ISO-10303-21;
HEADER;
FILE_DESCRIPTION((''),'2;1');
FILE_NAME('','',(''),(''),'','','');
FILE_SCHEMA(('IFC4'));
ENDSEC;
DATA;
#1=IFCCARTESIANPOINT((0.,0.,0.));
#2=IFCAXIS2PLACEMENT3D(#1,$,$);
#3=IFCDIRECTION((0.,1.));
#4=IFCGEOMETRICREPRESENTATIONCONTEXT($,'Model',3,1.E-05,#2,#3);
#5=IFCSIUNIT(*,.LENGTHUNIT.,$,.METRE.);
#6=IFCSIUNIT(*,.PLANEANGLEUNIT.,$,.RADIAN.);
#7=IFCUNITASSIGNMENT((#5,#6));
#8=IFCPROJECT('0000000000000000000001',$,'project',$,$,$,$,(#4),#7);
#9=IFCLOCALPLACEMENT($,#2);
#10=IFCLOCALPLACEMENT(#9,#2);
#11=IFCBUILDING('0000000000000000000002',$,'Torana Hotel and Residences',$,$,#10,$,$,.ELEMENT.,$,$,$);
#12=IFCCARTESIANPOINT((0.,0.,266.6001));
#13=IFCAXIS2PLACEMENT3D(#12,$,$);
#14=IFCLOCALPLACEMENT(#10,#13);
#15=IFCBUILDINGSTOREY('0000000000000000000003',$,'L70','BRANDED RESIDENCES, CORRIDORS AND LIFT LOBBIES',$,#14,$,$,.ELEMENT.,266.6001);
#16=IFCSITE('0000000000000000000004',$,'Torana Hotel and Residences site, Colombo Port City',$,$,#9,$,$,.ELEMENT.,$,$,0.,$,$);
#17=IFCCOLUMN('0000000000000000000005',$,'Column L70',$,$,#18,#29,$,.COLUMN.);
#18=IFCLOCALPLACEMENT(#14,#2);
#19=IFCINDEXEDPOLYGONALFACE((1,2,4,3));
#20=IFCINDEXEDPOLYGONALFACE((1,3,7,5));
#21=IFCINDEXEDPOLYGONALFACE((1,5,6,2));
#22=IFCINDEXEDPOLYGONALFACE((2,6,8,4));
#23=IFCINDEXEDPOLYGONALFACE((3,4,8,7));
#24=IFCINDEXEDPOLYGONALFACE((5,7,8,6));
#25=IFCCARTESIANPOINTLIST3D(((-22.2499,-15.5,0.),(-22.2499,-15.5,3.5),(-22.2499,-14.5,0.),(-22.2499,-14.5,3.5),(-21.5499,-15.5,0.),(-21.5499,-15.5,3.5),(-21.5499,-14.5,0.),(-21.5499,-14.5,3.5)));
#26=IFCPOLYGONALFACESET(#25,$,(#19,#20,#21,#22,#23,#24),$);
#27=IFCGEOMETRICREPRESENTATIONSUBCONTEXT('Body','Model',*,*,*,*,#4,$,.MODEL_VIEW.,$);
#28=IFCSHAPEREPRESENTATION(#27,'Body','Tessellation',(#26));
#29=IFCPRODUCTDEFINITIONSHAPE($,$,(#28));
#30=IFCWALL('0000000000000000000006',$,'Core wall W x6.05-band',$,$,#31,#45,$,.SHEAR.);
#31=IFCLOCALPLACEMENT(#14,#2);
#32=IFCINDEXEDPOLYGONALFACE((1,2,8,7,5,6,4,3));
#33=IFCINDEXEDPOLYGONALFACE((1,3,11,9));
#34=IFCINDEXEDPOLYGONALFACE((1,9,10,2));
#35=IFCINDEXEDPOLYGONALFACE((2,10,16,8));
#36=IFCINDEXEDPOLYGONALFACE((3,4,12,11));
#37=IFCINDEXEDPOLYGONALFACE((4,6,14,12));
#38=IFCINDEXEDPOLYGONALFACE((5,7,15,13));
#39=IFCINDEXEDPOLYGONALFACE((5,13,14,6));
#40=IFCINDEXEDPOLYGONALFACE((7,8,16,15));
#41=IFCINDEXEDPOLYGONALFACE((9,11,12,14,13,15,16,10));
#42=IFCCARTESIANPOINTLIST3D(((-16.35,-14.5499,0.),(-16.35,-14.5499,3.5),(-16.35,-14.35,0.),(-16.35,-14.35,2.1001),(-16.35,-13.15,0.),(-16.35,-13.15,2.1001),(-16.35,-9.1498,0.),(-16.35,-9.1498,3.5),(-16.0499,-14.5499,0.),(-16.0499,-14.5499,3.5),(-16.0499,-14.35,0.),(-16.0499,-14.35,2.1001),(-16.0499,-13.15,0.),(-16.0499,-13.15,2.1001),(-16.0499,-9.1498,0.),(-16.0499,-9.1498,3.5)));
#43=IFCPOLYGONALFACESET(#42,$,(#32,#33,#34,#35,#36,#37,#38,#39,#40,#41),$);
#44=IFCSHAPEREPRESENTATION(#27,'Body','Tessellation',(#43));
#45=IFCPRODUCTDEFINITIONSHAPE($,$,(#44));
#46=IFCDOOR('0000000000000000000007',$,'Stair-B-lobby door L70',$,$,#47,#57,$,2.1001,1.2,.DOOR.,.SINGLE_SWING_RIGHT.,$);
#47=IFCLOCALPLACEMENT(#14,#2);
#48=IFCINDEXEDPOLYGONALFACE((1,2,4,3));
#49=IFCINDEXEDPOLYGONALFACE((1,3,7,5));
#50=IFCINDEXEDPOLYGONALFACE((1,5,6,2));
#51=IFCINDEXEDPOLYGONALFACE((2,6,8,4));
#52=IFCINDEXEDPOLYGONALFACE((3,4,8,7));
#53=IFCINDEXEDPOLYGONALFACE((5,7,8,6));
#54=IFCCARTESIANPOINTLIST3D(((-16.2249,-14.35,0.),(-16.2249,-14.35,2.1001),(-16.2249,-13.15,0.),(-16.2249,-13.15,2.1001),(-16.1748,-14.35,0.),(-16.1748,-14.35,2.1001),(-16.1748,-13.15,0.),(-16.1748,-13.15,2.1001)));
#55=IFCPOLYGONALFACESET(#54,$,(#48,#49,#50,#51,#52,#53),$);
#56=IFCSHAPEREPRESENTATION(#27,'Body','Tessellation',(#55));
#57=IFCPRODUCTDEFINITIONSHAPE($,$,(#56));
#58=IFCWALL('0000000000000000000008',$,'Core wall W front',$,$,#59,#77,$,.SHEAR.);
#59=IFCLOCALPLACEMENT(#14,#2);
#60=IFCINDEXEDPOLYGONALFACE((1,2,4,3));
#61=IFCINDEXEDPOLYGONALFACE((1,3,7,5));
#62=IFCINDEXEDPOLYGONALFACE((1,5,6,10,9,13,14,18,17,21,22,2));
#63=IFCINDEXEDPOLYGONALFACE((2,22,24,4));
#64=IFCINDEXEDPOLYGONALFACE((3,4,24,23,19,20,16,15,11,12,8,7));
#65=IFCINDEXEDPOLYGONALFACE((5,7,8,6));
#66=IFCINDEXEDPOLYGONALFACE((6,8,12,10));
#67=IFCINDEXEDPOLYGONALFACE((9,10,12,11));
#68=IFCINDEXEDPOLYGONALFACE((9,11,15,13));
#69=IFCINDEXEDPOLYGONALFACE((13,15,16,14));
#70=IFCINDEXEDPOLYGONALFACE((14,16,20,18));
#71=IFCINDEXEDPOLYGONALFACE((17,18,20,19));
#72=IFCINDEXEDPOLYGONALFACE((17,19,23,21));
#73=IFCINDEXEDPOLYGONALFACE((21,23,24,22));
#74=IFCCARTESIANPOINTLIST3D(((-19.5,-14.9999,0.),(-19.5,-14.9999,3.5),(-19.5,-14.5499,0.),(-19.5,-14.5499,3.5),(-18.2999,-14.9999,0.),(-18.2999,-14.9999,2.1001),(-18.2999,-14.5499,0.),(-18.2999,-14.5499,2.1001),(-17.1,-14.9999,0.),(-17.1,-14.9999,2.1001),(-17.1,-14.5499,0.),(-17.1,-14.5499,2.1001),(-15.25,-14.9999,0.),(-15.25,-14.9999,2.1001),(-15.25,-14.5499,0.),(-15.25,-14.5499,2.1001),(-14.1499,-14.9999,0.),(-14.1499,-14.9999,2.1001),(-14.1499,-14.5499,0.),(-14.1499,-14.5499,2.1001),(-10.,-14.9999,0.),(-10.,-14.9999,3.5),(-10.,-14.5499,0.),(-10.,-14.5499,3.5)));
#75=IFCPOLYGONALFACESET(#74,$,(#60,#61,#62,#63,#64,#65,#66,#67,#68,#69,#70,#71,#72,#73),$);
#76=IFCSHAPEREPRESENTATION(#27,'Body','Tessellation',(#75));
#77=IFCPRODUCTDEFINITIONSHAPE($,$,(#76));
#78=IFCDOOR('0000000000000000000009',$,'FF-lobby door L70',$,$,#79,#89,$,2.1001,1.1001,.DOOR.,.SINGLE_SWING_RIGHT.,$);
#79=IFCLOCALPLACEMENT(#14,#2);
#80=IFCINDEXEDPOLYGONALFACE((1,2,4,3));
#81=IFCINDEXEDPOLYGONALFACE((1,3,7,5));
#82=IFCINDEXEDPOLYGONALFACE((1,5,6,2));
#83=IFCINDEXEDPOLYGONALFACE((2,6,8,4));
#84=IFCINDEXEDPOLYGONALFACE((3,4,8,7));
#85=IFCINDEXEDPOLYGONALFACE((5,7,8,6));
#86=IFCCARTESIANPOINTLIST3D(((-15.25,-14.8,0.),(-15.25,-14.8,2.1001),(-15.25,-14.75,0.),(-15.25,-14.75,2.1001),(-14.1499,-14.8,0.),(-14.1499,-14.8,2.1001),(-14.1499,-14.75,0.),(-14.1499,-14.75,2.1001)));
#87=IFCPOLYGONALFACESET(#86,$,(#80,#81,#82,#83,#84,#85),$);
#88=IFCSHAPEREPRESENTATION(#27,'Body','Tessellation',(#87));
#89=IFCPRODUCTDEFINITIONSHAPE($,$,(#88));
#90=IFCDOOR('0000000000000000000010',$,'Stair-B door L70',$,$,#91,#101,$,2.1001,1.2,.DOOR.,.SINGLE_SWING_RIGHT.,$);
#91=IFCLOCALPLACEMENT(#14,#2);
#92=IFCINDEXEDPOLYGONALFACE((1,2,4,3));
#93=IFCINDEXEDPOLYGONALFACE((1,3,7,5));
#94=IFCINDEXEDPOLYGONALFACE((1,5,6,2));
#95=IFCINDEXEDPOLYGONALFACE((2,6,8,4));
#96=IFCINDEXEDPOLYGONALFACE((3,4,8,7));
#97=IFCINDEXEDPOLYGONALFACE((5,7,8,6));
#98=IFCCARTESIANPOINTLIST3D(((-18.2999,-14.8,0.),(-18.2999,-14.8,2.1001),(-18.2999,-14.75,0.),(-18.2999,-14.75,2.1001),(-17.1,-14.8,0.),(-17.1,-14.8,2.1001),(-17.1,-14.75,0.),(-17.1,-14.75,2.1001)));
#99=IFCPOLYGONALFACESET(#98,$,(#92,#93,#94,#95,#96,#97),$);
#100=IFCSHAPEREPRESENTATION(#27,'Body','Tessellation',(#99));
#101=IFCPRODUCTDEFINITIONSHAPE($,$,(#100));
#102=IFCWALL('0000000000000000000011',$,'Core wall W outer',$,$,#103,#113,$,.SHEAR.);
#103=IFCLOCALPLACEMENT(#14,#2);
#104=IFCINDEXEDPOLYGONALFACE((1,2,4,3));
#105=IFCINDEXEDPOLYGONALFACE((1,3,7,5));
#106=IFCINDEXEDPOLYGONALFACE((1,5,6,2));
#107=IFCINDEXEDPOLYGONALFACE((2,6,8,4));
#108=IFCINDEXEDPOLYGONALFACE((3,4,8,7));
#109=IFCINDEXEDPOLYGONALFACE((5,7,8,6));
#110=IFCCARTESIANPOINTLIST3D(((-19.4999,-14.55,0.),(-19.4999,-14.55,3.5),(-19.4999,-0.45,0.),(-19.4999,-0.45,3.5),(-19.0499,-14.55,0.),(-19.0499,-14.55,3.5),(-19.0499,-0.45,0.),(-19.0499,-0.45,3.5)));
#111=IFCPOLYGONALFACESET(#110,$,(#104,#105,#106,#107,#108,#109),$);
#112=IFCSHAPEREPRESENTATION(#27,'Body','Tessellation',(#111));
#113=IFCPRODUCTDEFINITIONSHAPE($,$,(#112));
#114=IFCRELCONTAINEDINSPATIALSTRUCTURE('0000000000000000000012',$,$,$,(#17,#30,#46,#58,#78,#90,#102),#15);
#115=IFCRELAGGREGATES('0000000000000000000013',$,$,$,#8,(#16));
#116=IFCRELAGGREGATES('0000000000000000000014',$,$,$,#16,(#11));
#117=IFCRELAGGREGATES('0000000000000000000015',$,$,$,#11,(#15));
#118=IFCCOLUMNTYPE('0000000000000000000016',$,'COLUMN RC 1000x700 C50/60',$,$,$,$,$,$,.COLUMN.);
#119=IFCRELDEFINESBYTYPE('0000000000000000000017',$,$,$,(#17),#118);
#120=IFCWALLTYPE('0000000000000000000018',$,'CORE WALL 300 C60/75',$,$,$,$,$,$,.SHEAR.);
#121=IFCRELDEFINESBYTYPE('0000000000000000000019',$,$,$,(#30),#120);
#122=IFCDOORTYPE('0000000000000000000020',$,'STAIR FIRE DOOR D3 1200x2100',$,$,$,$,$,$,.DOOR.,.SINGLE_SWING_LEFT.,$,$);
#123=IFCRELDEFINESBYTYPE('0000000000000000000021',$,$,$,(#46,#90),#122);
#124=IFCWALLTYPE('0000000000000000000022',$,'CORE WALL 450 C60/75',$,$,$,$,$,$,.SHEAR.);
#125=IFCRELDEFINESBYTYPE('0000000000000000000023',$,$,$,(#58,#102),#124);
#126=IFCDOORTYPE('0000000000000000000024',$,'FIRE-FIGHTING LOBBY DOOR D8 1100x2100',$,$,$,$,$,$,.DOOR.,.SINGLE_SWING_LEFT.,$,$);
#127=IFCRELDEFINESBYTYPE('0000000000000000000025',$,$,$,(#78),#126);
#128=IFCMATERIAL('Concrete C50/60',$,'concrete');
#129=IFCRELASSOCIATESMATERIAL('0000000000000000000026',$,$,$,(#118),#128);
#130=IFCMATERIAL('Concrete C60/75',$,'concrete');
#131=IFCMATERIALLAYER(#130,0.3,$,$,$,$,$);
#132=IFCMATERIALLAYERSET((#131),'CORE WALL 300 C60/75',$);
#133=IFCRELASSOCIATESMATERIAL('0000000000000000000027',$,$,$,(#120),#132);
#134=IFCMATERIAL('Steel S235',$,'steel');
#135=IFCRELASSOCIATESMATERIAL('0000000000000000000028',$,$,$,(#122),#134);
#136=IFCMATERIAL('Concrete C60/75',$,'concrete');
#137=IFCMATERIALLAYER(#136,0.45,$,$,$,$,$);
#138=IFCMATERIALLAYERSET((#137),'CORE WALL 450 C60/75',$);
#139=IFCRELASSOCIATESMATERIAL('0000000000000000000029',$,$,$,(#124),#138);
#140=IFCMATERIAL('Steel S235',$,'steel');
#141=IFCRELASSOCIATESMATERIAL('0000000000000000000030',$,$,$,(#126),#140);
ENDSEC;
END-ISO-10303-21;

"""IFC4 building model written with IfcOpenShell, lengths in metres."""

from ifc_helpers import new_model, si_unit, direction, frame, frame_2d, origin, origin_2d, place, context, subcontext, project, spatial, rectangle, extrude, material, layer, layer_set, material_profile, profile_set, type_object, element, fill, save


model = new_model("IFC4")

# Units and contexts
model_context = context("Model", 3, precision=1e-05, world=origin(), true_north=direction((0.0, 1.0)))
body_context = subcontext(model_context, "Body", "Model", "MODEL_VIEW")
ifc_project = project(units=[si_unit("LENGTHUNIT", "METRE"), si_unit("PLANEANGLEUNIT", "RADIAN")], contexts=[model_context])

# Site, building, storey
site_placement = place(None, origin())
site = spatial("IfcSite", under=ifc_project, at=site_placement, Name="Torana Hotel and Residences site, Colombo Port City", CompositionType="ELEMENT", RefElevation=0.0)
building_placement = place(site_placement, origin())
building = spatial("IfcBuilding", under=site, at=building_placement, Name="Torana Hotel and Residences", CompositionType="ELEMENT")
storey_placement = place(building_placement, frame((0.0, 0.0, 266.6001)))
storey = spatial("IfcBuildingStorey", under=building, at=storey_placement, Name="L70", Description="BRANDED RESIDENCES, CORRIDORS AND LIFT LOBBIES", CompositionType="ELEMENT", Elevation=266.6001)

# Column
ifc_material_1 = material(Name="Concrete C50/60", Category="concrete")
ifc_material_profile = material_profile(ifc_material_1, rectangle(XDim=1.0, YDim=0.7, at=origin_2d()), Name="RC 1000x700")
ifc_profile_set = profile_set([ifc_material_profile], Name="Concrete C50/60")
column_type = type_object("IfcColumnType", Name="COLUMN RC 1000x700 C50/60", PredefinedType="COLUMN", material=ifc_profile_set)
column_placement = place(storey_placement, frame((-21.8999, -15.0, 0.0), z_axis=(0.0, 0.0, 1.0), x_axis=(0.0, 1.0, 0.0)))
element("IfcColumn", 1, at=column_placement, inside=storey, type_object=column_type, Name="Column L70", PredefinedType="COLUMN", context=body_context, shape_type="SweptSolid", body=[
    extrude(rectangle(XDim=1.0, YDim=0.7, at=origin_2d()), origin(), (0.0, 0.0, 1.0), 3.5),
])

# Wall, opening, door
ifc_material_2 = material(Name="Concrete C60/75", Category="concrete")
ifc_layer_1 = layer(ifc_material_2, 0.3)
ifc_layer_set_1 = layer_set([ifc_layer_1], Name="CORE WALL 300 C60/75")
wall_type_1 = type_object("IfcWallType", Name="CORE WALL 300 C60/75", PredefinedType="SHEAR", material=ifc_layer_set_1)
wall_1_placement = place(storey_placement, frame((-16.2, -14.55, 0.0), z_axis=(0.0, 0.0, 1.0), x_axis=(0.0, 1.0, 0.0)))
wall_1 = element("IfcWall", 2, at=wall_1_placement, inside=storey, type_object=wall_type_1, Name="Core wall W x6.05-band", PredefinedType="SHEAR", context=body_context, shape_type="SweptSolid", body=[
    extrude(rectangle(XDim=5.4001, YDim=0.3, at=frame_2d((2.7002, 0.0))), origin(), (0.0, 0.0, 1.0), 3.5),
])
opening_1_placement = place(wall_1_placement, frame((0.2, 0.0, 0.0)))
opening_1 = element("IfcOpeningElement", 3, at=opening_1_placement, cuts=wall_1, PredefinedType="OPENING", context=body_context, shape_type="SweptSolid", body=[
    extrude(rectangle(XDim=1.2, YDim=2.1001, at=frame_2d((0.6001, 1.05))), frame((0.0, 0.1599, 0.0), z_axis=(0.0, -1.0, 0.0), x_axis=(1.0, 0.0, 0.0)), (0.0, 0.0, 1.0), 0.3201),
])
ifc_material_3 = material(Name="Steel S235", Category="steel")
door_type_1 = type_object("IfcDoorType", Name="STAIR FIRE DOOR D3 1200x2100", OperationType="SINGLE_SWING_LEFT", PredefinedType="DOOR", material=ifc_material_3)
door_1_placement = place(opening_1_placement, origin())
door_1 = element("IfcDoor", 4, at=door_1_placement, inside=storey, type_object=door_type_1, Name="Stair-B-lobby door L70", OperationType="SINGLE_SWING_RIGHT", OverallHeight=2.1001, OverallWidth=1.2, PredefinedType="DOOR", context=body_context, shape_type="SweptSolid", body=[
    extrude(rectangle(XDim=1.2, YDim=2.1001, at=frame_2d((0.6001, 1.05))), frame((0.0, 0.0249, 0.0), z_axis=(0.0, -1.0, 0.0), x_axis=(1.0, 0.0, 0.0)), (0.0, 0.0, 1.0), 0.05),
])
fill(opening_1, door_1)

# Wall, openings, doors
ifc_material_4 = material(Name="Concrete C60/75", Category="concrete")
ifc_layer_2 = layer(ifc_material_4, 0.45)
ifc_layer_set_2 = layer_set([ifc_layer_2], Name="CORE WALL 450 C60/75")
wall_type_2 = type_object("IfcWallType", Name="CORE WALL 450 C60/75", PredefinedType="SHEAR", material=ifc_layer_set_2)
wall_2_placement = place(storey_placement, frame((-19.5, -14.7749, 0.0), z_axis=(0.0, 0.0, 1.0), x_axis=(1.0, 0.0, 0.0)))
wall_2 = element("IfcWall", 5, at=wall_2_placement, inside=storey, type_object=wall_type_2, Name="Core wall W front", PredefinedType="SHEAR", context=body_context, shape_type="SweptSolid", body=[
    extrude(rectangle(XDim=9.5, YDim=0.45, at=frame_2d((4.75, 0.0))), origin(), (0.0, 0.0, 1.0), 3.5),
])
opening_2_placement = place(wall_2_placement, frame((1.2, 0.0, 0.0)))
opening_2 = element("IfcOpeningElement", 6, at=opening_2_placement, cuts=wall_2, PredefinedType="OPENING", context=body_context, shape_type="SweptSolid", body=[
    extrude(rectangle(XDim=1.2, YDim=2.1001, at=frame_2d((0.6001, 1.05))), frame((0.0, 0.2349, 0.0), z_axis=(0.0, -1.0, 0.0), x_axis=(1.0, 0.0, 0.0)), (0.0, 0.0, 1.0), 0.47),
])
opening_3_placement = place(wall_2_placement, frame((4.25, 0.0, 0.0)))
opening_3 = element("IfcOpeningElement", 7, at=opening_3_placement, cuts=wall_2, PredefinedType="OPENING", context=body_context, shape_type="SweptSolid", body=[
    extrude(rectangle(XDim=1.1001, YDim=2.1001, at=frame_2d((0.55, 1.05))), frame((0.0, 0.2349, 0.0), z_axis=(0.0, -1.0, 0.0), x_axis=(1.0, 0.0, 0.0)), (0.0, 0.0, 1.0), 0.47),
])
ifc_material_5 = material(Name="Steel S235", Category="steel")
door_type_2 = type_object("IfcDoorType", Name="FIRE-FIGHTING LOBBY DOOR D8 1100x2100", OperationType="SINGLE_SWING_LEFT", PredefinedType="DOOR", material=ifc_material_5)
door_2_placement = place(opening_3_placement, origin())
door_2 = element("IfcDoor", 8, at=door_2_placement, inside=storey, type_object=door_type_2, Name="FF-lobby door L70", OperationType="SINGLE_SWING_RIGHT", OverallHeight=2.1001, OverallWidth=1.1001, PredefinedType="DOOR", context=body_context, shape_type="SweptSolid", body=[
    extrude(rectangle(XDim=1.1001, YDim=2.1001, at=frame_2d((0.55, 1.05))), frame((0.0, 0.0249, 0.0), z_axis=(0.0, -1.0, 0.0), x_axis=(1.0, 0.0, 0.0)), (0.0, 0.0, 1.0), 0.05),
])
fill(opening_3, door_2)
door_3_placement = place(opening_2_placement, origin())
door_3 = element("IfcDoor", 9, at=door_3_placement, inside=storey, type_object=door_type_1, Name="Stair-B door L70", OperationType="SINGLE_SWING_RIGHT", OverallHeight=2.1001, OverallWidth=1.2, PredefinedType="DOOR", context=body_context, shape_type="SweptSolid", body=[
    extrude(rectangle(XDim=1.2, YDim=2.1001, at=frame_2d((0.6001, 1.05))), frame((0.0, 0.0249, 0.0), z_axis=(0.0, -1.0, 0.0), x_axis=(1.0, 0.0, 0.0)), (0.0, 0.0, 1.0), 0.05),
])
fill(opening_2, door_3)

# Wall
wall_3_placement = place(storey_placement, frame((-19.2749, -14.55, 0.0), z_axis=(0.0, 0.0, 1.0), x_axis=(0.0, 1.0, 0.0)))
element("IfcWall", 10, at=wall_3_placement, inside=storey, type_object=wall_type_2, Name="Core wall W outer", PredefinedType="SHEAR", context=body_context, shape_type="SweptSolid", body=[
    extrude(rectangle(XDim=14.1001, YDim=0.45, at=frame_2d((7.05, 0.0))), origin(), (0.0, 0.0, 1.0), 3.5),
])

save(model, "model.ifc")
